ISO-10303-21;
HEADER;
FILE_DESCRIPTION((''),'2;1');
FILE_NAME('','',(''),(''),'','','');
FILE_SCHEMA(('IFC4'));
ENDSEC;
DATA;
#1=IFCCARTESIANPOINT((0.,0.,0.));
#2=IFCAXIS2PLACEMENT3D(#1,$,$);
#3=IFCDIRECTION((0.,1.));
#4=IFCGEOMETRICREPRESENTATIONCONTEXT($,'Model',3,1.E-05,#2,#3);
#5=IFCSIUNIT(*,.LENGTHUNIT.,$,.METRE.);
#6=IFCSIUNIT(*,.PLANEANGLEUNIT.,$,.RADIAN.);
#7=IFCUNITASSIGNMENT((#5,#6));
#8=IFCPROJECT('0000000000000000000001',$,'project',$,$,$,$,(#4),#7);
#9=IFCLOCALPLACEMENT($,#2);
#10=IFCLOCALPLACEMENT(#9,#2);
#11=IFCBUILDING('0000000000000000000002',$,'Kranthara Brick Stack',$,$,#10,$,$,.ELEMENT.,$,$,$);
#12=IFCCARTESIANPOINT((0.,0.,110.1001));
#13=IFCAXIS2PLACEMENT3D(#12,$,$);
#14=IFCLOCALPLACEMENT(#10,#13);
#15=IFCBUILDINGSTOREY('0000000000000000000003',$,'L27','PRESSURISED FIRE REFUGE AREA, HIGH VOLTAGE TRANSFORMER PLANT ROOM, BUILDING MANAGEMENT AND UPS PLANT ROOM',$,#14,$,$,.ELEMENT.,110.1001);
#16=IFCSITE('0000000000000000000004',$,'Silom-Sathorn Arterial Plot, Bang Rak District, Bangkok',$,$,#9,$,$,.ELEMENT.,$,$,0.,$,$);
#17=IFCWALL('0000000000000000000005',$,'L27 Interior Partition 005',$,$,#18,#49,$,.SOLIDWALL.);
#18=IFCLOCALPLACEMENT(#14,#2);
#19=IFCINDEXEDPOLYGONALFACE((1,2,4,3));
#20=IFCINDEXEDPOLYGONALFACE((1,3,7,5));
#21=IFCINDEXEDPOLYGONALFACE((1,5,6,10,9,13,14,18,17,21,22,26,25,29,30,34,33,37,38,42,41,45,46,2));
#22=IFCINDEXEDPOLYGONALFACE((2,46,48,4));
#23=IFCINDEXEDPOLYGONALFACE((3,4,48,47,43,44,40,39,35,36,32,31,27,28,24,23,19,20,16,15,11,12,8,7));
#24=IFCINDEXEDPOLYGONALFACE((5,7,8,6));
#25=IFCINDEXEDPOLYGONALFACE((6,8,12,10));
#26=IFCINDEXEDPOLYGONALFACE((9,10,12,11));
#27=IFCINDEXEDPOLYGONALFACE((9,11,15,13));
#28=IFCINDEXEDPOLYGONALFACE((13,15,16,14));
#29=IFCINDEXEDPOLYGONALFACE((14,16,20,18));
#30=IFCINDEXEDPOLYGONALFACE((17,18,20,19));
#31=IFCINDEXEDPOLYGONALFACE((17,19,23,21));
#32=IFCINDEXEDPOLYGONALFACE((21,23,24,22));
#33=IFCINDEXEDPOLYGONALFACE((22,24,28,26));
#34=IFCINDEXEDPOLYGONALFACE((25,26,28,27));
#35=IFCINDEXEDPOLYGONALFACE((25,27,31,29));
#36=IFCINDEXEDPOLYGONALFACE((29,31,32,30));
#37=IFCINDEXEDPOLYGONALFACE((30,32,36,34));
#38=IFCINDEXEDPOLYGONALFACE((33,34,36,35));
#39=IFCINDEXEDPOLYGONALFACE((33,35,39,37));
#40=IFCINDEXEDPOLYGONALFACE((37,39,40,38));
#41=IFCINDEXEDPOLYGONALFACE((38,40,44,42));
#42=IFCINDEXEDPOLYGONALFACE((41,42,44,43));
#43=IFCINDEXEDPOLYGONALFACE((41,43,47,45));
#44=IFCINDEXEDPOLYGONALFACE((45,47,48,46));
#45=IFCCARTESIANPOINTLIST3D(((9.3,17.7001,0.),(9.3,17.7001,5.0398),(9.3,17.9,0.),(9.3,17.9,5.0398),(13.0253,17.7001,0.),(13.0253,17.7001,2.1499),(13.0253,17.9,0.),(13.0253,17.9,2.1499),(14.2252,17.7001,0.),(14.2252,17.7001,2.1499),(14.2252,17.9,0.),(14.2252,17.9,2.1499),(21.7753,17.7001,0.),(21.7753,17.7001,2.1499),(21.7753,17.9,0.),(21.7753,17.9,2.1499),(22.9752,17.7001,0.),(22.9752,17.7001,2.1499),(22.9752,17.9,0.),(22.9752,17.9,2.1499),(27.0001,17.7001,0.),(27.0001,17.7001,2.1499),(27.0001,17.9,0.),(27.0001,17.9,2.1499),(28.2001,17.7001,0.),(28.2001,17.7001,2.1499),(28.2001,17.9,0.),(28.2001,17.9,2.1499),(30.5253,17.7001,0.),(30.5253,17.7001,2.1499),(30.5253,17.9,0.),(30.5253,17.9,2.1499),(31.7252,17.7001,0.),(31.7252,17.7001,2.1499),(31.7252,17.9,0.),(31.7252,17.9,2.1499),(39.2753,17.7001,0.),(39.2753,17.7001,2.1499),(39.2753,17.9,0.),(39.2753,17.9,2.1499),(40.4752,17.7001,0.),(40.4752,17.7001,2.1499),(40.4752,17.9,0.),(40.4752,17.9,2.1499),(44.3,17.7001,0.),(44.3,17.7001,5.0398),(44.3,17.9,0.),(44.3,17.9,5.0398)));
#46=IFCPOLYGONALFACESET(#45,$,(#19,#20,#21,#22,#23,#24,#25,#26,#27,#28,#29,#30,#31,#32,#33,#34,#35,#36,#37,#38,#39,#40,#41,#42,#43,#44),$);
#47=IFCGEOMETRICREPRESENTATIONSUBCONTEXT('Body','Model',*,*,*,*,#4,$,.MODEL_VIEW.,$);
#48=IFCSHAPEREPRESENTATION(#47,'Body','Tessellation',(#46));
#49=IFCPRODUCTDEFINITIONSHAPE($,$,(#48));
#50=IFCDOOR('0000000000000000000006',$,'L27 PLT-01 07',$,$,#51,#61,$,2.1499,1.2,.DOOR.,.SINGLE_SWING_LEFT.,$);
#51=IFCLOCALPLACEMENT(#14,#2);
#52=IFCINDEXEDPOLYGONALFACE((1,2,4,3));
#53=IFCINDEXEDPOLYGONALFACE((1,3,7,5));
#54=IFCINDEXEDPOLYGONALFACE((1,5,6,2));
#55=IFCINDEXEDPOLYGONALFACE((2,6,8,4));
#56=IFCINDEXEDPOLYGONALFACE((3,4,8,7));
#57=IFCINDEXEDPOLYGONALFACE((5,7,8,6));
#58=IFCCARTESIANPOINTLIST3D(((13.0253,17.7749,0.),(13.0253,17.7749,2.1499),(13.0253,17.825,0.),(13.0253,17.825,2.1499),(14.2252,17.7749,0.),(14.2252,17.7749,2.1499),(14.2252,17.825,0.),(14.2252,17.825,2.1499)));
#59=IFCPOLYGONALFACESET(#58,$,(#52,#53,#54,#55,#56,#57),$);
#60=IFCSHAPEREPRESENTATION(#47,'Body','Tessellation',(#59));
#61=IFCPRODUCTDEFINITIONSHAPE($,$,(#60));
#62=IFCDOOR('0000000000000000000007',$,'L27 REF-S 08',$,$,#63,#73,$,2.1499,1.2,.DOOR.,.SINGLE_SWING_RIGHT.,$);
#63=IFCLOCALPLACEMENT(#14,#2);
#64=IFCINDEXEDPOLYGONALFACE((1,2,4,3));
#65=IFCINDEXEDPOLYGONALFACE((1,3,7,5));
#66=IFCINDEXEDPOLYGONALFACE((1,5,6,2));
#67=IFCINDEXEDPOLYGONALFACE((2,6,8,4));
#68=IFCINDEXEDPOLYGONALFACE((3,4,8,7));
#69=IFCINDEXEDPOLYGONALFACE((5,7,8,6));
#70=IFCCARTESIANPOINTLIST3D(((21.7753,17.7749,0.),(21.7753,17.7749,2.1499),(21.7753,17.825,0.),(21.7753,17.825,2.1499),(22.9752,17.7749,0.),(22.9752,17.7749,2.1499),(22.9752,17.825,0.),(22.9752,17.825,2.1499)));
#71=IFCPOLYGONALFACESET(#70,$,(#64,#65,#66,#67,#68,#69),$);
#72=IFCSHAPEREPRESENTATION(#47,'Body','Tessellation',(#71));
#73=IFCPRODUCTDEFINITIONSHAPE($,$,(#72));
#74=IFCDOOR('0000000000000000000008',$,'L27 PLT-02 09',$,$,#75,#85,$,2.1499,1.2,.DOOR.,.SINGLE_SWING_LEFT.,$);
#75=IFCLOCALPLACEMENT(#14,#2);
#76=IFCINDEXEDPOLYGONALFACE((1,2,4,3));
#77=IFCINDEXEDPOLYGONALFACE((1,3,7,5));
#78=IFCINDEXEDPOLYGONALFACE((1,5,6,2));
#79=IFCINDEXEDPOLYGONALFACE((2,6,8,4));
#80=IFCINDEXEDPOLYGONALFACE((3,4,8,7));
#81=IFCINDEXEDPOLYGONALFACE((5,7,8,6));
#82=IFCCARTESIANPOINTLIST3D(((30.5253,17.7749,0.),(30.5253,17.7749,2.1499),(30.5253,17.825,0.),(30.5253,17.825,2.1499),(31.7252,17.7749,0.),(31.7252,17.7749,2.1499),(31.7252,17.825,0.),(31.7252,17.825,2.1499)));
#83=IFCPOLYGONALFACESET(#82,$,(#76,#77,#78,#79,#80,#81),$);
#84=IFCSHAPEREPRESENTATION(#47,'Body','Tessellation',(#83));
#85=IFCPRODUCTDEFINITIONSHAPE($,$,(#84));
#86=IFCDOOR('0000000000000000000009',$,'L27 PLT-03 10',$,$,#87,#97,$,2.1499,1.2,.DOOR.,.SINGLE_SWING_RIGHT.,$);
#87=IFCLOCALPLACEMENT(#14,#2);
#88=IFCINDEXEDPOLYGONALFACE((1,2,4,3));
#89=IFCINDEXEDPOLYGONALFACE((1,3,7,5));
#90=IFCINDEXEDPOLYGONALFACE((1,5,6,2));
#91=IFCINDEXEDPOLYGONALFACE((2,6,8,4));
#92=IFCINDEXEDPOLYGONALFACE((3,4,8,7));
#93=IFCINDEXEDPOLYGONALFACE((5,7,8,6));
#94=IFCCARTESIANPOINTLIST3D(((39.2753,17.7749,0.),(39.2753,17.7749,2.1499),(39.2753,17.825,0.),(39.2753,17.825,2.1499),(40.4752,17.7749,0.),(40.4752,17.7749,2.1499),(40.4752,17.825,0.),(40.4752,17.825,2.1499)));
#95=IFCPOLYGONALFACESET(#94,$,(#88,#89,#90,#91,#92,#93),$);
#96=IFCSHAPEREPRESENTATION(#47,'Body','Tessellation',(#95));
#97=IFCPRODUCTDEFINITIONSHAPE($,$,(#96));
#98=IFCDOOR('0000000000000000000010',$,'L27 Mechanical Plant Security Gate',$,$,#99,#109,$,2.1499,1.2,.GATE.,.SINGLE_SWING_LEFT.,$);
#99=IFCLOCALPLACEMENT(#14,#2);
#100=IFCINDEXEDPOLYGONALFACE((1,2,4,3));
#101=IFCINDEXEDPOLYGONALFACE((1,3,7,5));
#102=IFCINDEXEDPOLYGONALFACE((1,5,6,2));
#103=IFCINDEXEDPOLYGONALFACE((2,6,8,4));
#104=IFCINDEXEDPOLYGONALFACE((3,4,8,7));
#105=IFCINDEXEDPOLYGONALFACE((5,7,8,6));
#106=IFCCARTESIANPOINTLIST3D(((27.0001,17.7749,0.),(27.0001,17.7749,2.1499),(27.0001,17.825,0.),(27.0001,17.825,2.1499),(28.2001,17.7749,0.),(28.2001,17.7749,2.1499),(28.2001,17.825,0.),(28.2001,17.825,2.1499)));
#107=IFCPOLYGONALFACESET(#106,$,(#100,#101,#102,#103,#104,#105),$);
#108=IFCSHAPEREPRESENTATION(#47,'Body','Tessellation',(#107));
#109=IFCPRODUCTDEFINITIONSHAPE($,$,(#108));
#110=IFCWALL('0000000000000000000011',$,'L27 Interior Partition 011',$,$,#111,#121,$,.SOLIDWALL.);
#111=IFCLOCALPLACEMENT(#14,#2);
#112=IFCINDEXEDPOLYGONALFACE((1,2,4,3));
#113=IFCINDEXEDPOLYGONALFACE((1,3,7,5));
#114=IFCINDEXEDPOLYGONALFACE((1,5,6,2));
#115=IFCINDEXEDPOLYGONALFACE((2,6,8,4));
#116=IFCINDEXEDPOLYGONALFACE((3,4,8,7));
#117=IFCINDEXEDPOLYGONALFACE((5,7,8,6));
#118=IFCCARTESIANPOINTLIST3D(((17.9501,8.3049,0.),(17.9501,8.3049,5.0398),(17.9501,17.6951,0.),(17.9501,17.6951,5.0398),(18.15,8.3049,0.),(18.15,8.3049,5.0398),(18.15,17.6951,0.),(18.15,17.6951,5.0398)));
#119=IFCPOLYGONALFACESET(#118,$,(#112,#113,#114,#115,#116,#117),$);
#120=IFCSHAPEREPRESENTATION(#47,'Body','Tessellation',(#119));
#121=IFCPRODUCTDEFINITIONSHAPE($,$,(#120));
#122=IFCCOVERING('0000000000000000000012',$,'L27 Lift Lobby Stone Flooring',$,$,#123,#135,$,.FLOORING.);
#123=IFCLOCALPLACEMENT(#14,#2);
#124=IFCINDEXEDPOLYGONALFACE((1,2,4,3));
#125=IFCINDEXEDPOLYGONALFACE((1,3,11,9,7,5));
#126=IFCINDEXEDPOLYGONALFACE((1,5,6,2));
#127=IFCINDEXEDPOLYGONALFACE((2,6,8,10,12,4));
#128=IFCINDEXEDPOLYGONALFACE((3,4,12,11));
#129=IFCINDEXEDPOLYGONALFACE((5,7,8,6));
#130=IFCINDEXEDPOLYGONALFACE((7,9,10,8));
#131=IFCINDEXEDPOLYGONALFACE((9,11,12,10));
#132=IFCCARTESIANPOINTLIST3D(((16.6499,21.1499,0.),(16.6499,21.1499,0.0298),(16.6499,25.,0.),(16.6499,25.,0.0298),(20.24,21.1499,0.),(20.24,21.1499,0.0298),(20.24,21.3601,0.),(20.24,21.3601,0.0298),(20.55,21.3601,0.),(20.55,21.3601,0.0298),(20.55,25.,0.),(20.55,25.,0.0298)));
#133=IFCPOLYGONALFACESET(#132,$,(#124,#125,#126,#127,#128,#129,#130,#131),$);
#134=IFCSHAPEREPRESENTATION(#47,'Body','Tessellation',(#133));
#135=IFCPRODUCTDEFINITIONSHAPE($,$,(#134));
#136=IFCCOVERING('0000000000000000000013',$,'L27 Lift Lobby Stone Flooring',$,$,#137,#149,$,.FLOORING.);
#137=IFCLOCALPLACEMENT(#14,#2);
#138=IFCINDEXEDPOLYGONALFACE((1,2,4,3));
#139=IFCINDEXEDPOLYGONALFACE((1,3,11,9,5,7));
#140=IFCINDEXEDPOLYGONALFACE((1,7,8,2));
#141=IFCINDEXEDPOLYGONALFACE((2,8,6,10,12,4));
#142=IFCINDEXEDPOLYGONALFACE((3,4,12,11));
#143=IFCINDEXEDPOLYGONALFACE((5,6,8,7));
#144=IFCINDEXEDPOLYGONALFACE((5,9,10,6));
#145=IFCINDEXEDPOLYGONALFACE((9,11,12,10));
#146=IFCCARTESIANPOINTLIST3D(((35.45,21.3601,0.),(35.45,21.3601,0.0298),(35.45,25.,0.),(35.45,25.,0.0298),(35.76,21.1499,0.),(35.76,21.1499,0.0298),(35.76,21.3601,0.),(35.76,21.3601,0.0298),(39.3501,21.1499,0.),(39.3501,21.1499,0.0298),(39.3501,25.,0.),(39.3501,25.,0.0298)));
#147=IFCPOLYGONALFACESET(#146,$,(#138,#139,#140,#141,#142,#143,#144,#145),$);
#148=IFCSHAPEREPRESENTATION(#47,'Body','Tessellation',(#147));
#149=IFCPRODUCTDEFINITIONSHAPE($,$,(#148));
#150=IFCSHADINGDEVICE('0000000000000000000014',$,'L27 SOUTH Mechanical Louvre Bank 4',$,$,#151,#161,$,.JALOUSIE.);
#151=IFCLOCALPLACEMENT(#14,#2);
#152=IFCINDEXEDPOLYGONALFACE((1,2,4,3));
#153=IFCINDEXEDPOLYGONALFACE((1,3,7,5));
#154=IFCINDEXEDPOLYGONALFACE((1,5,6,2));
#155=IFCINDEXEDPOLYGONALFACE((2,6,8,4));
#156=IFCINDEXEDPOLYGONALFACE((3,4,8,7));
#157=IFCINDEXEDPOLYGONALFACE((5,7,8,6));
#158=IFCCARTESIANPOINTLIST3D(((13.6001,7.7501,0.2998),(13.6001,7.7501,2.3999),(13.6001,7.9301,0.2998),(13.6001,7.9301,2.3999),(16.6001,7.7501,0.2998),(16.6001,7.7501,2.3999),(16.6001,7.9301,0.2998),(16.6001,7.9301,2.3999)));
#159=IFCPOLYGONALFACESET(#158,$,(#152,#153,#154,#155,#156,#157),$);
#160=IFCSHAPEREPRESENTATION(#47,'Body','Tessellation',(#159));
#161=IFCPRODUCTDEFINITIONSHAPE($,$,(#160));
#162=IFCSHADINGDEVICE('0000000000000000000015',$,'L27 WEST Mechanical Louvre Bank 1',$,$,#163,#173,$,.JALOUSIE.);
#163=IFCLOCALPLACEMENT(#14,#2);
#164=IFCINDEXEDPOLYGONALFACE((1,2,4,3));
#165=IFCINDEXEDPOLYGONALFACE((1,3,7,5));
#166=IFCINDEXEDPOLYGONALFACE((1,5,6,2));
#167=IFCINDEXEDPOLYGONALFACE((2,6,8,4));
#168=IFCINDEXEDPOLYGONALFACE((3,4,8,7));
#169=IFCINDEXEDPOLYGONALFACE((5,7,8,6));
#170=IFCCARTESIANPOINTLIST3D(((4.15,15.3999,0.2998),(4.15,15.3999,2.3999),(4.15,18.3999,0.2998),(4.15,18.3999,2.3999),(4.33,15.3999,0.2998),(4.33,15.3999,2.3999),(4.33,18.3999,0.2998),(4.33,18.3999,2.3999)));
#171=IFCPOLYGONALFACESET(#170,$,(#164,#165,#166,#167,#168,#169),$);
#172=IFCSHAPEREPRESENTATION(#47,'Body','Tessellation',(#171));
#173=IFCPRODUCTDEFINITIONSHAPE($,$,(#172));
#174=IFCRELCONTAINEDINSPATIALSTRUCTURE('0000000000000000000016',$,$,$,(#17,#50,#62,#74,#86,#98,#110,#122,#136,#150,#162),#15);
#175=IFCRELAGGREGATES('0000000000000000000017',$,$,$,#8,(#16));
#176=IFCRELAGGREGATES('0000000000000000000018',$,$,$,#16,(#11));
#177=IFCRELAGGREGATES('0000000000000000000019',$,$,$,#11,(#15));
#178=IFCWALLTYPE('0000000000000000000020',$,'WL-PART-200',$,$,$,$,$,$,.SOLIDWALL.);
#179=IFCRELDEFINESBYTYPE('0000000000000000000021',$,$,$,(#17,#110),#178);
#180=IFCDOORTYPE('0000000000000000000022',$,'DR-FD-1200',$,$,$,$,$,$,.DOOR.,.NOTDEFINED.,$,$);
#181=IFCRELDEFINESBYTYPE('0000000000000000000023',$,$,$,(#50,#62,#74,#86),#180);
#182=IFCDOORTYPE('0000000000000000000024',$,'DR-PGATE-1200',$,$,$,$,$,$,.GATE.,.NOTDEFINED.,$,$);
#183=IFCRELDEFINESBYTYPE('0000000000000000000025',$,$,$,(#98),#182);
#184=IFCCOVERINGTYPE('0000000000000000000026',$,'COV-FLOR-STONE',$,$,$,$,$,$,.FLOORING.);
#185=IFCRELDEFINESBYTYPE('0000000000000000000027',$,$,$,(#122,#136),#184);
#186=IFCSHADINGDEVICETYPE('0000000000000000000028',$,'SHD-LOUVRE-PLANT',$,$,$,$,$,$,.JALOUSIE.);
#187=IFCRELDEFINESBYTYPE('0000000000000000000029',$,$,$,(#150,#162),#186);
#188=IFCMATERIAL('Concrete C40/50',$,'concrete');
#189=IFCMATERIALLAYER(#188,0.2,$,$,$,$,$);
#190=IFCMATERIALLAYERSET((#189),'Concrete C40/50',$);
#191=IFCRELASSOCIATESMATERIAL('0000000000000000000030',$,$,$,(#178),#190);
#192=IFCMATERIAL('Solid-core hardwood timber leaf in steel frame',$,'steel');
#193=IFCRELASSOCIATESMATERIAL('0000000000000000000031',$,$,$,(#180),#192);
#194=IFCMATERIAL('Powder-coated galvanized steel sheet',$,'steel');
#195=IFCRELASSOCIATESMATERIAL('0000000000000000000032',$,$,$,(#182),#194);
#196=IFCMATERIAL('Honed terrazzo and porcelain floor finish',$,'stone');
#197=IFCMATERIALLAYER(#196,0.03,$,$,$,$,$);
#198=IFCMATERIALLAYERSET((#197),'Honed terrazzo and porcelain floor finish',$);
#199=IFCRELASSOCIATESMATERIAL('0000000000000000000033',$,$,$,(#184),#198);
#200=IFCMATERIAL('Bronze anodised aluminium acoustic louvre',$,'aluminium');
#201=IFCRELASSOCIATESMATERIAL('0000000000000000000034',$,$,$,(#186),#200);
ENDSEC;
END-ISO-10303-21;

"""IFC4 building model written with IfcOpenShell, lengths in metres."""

from ifc_helpers import new_model, si_unit, direction, frame, frame_2d, origin, origin_2d, place, context, subcontext, project, spatial, polyline, rectangle, outline, extrude, material, layer, layer_set, type_object, element, fill, save


model = new_model("IFC4")

# Units and contexts
model_context = context("Model", 3, precision=1e-05, world=origin(), true_north=direction((0.0, 1.0)))
body_context = subcontext(model_context, "Body", "Model", "MODEL_VIEW")
ifc_project = project(units=[si_unit("LENGTHUNIT", "METRE"), si_unit("PLANEANGLEUNIT", "RADIAN")], contexts=[model_context])

# Site, building, storey
site_placement = place(None, origin())
site = spatial("IfcSite", under=ifc_project, at=site_placement, Name="Silom-Sathorn Arterial Plot, Bang Rak District, Bangkok", CompositionType="ELEMENT", RefElevation=0.0)
building_placement = place(site_placement, origin())
building = spatial("IfcBuilding", under=site, at=building_placement, Name="Kranthara Brick Stack", CompositionType="ELEMENT")
storey_placement = place(building_placement, frame((0.0, 0.0, 110.1001)))
storey = spatial("IfcBuildingStorey", under=building, at=storey_placement, Name="L27", Description="PRESSURISED FIRE REFUGE AREA, HIGH VOLTAGE TRANSFORMER PLANT ROOM, BUILDING MANAGEMENT AND UPS PLANT ROOM", CompositionType="ELEMENT", Elevation=110.1001)

# Wall, openings, doors
ifc_material_1 = material(Name="Concrete C40/50", Category="concrete")
ifc_layer_1 = layer(ifc_material_1, 0.2)
ifc_layer_set_1 = layer_set([ifc_layer_1], Name="Concrete C40/50")
wall_type_1 = type_object("IfcWallType", Name="WL-PART-200", PredefinedType="SOLIDWALL", material=ifc_layer_set_1)
wall_1_placement = place(storey_placement, frame((9.3, 17.8, 0.0), z_axis=(0.0, 0.0, 1.0), x_axis=(1.0, 0.0, 0.0)))
wall_1 = element("IfcWall", 1, at=wall_1_placement, inside=storey, type_object=wall_type_1, Name="L27 Interior Partition 005", PredefinedType="SOLIDWALL", context=body_context, shape_type="SweptSolid", body=[
    extrude(rectangle(XDim=35.0, YDim=0.2, at=frame_2d((17.5, 0.0))), origin(), (0.0, 0.0, 1.0), 5.0398),
])
opening_1_placement = place(wall_1_placement, frame((3.7251, 0.0, 0.0)))
opening_1 = element("IfcOpeningElement", 2, at=opening_1_placement, cuts=wall_1, PredefinedType="OPENING", context=body_context, shape_type="SweptSolid", body=[
    extrude(rectangle(XDim=1.2, YDim=2.1499, at=frame_2d((0.6001, 1.075))), frame((0.0, 0.1099, 0.0), z_axis=(0.0, -1.0, 0.0), x_axis=(1.0, 0.0, 0.0)), (0.0, 0.0, 1.0), 0.22),
])
opening_2_placement = place(wall_1_placement, frame((12.4751, 0.0, 0.0)))
opening_2 = element("IfcOpeningElement", 3, at=opening_2_placement, cuts=wall_1, PredefinedType="OPENING", context=body_context, shape_type="SweptSolid", body=[
    extrude(rectangle(XDim=1.2, YDim=2.1499, at=frame_2d((0.6001, 1.075))), frame((0.0, 0.1099, 0.0), z_axis=(0.0, -1.0, 0.0), x_axis=(1.0, 0.0, 0.0)), (0.0, 0.0, 1.0), 0.22),
])
opening_3_placement = place(wall_1_placement, frame((21.2251, 0.0, 0.0)))
opening_3 = element("IfcOpeningElement", 4, at=opening_3_placement, cuts=wall_1, PredefinedType="OPENING", context=body_context, shape_type="SweptSolid", body=[
    extrude(rectangle(XDim=1.2, YDim=2.1499, at=frame_2d((0.6001, 1.075))), frame((0.0, 0.1099, 0.0), z_axis=(0.0, -1.0, 0.0), x_axis=(1.0, 0.0, 0.0)), (0.0, 0.0, 1.0), 0.22),
])
opening_4_placement = place(wall_1_placement, frame((29.9751, 0.0, 0.0)))
opening_4 = element("IfcOpeningElement", 5, at=opening_4_placement, cuts=wall_1, PredefinedType="OPENING", context=body_context, shape_type="SweptSolid", body=[
    extrude(rectangle(XDim=1.2, YDim=2.1499, at=frame_2d((0.6001, 1.075))), frame((0.0, 0.1099, 0.0), z_axis=(0.0, -1.0, 0.0), x_axis=(1.0, 0.0, 0.0)), (0.0, 0.0, 1.0), 0.22),
])
opening_5_placement = place(wall_1_placement, frame((17.7, 0.0, 0.0)))
opening_5 = element("IfcOpeningElement", 6, at=opening_5_placement, cuts=wall_1, PredefinedType="OPENING", context=body_context, shape_type="SweptSolid", body=[
    extrude(rectangle(XDim=1.2, YDim=2.1499, at=frame_2d((0.6001, 1.075))), frame((0.0, 0.1099, 0.0), z_axis=(0.0, -1.0, 0.0), x_axis=(1.0, 0.0, 0.0)), (0.0, 0.0, 1.0), 0.22),
])
ifc_material_2 = material(Name="Solid-core hardwood timber leaf in steel frame", Category="steel")
door_type_1 = type_object("IfcDoorType", Name="DR-FD-1200", OperationType="NOTDEFINED", PredefinedType="DOOR", material=ifc_material_2)
door_1_placement = place(opening_1_placement, origin())
door_1 = element("IfcDoor", 7, at=door_1_placement, inside=storey, type_object=door_type_1, Name="L27 PLT-01 07", OperationType="SINGLE_SWING_LEFT", OverallHeight=2.1499, OverallWidth=1.2, PredefinedType="DOOR", context=body_context, shape_type="SweptSolid", body=[
    extrude(rectangle(XDim=1.2, YDim=2.1499, at=frame_2d((0.6001, 1.075))), frame((0.0, 0.0249, 0.0), z_axis=(0.0, -1.0, 0.0), x_axis=(1.0, 0.0, 0.0)), (0.0, 0.0, 1.0), 0.05),
])
fill(opening_1, door_1)
door_2_placement = place(opening_2_placement, origin())
door_2 = element("IfcDoor", 8, at=door_2_placement, inside=storey, type_object=door_type_1, Name="L27 REF-S 08", OperationType="SINGLE_SWING_RIGHT", OverallHeight=2.1499, OverallWidth=1.2, PredefinedType="DOOR", context=body_context, shape_type="SweptSolid", body=[
    extrude(rectangle(XDim=1.2, YDim=2.1499, at=frame_2d((0.6001, 1.075))), frame((0.0, 0.0249, 0.0), z_axis=(0.0, -1.0, 0.0), x_axis=(1.0, 0.0, 0.0)), (0.0, 0.0, 1.0), 0.05),
])
fill(opening_2, door_2)
door_3_placement = place(opening_3_placement, origin())
door_3 = element("IfcDoor", 9, at=door_3_placement, inside=storey, type_object=door_type_1, Name="L27 PLT-02 09", OperationType="SINGLE_SWING_LEFT", OverallHeight=2.1499, OverallWidth=1.2, PredefinedType="DOOR", context=body_context, shape_type="SweptSolid", body=[
    extrude(rectangle(XDim=1.2, YDim=2.1499, at=frame_2d((0.6001, 1.075))), frame((0.0, 0.0249, 0.0), z_axis=(0.0, -1.0, 0.0), x_axis=(1.0, 0.0, 0.0)), (0.0, 0.0, 1.0), 0.05),
])
fill(opening_3, door_3)
door_4_placement = place(opening_4_placement, origin())
door_4 = element("IfcDoor", 10, at=door_4_placement, inside=storey, type_object=door_type_1, Name="L27 PLT-03 10", OperationType="SINGLE_SWING_RIGHT", OverallHeight=2.1499, OverallWidth=1.2, PredefinedType="DOOR", context=body_context, shape_type="SweptSolid", body=[
    extrude(rectangle(XDim=1.2, YDim=2.1499, at=frame_2d((0.6001, 1.075))), frame((0.0, 0.0249, 0.0), z_axis=(0.0, -1.0, 0.0), x_axis=(1.0, 0.0, 0.0)), (0.0, 0.0, 1.0), 0.05),
])
fill(opening_4, door_4)
ifc_material_3 = material(Name="Powder-coated galvanized steel sheet", Category="steel")
door_type_2 = type_object("IfcDoorType", Name="DR-PGATE-1200", OperationType="NOTDEFINED", PredefinedType="GATE", material=ifc_material_3)
door_5_placement = place(opening_5_placement, origin())
door_5 = element("IfcDoor", 11, at=door_5_placement, inside=storey, type_object=door_type_2, Name="L27 Mechanical Plant Security Gate", OperationType="SINGLE_SWING_LEFT", OverallHeight=2.1499, OverallWidth=1.2, PredefinedType="GATE", context=body_context, shape_type="SweptSolid", body=[
    extrude(rectangle(XDim=1.2, YDim=2.1499, at=frame_2d((0.6001, 1.075))), frame((0.0, 0.0249, 0.0), z_axis=(0.0, -1.0, 0.0), x_axis=(1.0, 0.0, 0.0)), (0.0, 0.0, 1.0), 0.05),
])
fill(opening_5, door_5)

# Wall
wall_2_placement = place(storey_placement, frame((18.05, 8.3049, 0.0), z_axis=(0.0, 0.0, 1.0), x_axis=(0.0, 1.0, 0.0)))
element("IfcWall", 12, at=wall_2_placement, inside=storey, type_object=wall_type_1, Name="L27 Interior Partition 011", PredefinedType="SOLIDWALL", context=body_context, shape_type="SweptSolid", body=[
    extrude(rectangle(XDim=9.3901, YDim=0.2, at=frame_2d((4.6951, 0.0))), origin(), (0.0, 0.0, 1.0), 5.0398),
])

# Coverings
ifc_material_4 = material(Name="Honed terrazzo and porcelain floor finish", Category="stone")
ifc_layer_2 = layer(ifc_material_4, 0.03)
ifc_layer_set_2 = layer_set([ifc_layer_2], Name="Honed terrazzo and porcelain floor finish")
covering_type = type_object("IfcCoveringType", Name="COV-FLOR-STONE", PredefinedType="FLOORING", material=ifc_layer_set_2)
covering_1_placement = place(storey_placement, origin())
element("IfcCovering", 13, at=covering_1_placement, inside=storey, type_object=covering_type, Name="L27 Lift Lobby Stone Flooring", PredefinedType="FLOORING", context=body_context, shape_type="SweptSolid", body=[
    extrude(outline(polyline([(16.6499, 21.1499), (16.6499, 25.0), (20.55, 25.0), (20.55, 21.3601), (20.24, 21.3601), (20.24, 21.1499), (16.6499, 21.1499)])), origin(), (0.0, 0.0, 1.0), 0.0298),
])
covering_2_placement = place(storey_placement, origin())
element("IfcCovering", 14, at=covering_2_placement, inside=storey, type_object=covering_type, Name="L27 Lift Lobby Stone Flooring", PredefinedType="FLOORING", context=body_context, shape_type="SweptSolid", body=[
    extrude(outline(polyline([(35.45, 25.0), (39.3501, 25.0), (39.3501, 21.1499), (35.76, 21.1499), (35.76, 21.3601), (35.45, 21.3601), (35.45, 25.0)])), origin(), (0.0, 0.0, 1.0), 0.0298),
])

# Shading devices
ifc_material_5 = material(Name="Bronze anodised aluminium acoustic louvre", Category="aluminium")
shading_device_type = type_object("IfcShadingDeviceType", Name="SHD-LOUVRE-PLANT", PredefinedType="JALOUSIE", material=ifc_material_5)
for number, where, z_axis, x_axis, name in (
    (15, (15.1001, 7.8401, 0.2998), (0.0, 0.0, 1.0), (-1.0, 0.0, 0.0), "L27 SOUTH Mechanical Louvre Bank 4"),
    (16, (4.24, 16.8999, 0.2998), (0.0, 0.0, 1.0), (0.0, 1.0, 0.0), "L27 WEST Mechanical Louvre Bank 1"),
):
    element("IfcShadingDevice", number, at=place(storey_placement, frame(where, z_axis=z_axis, x_axis=x_axis)), inside=storey, type_object=shading_device_type, Name=name, PredefinedType="JALOUSIE", context=body_context, shape_type="SweptSolid", body=[
        extrude(rectangle(XDim=3.0, YDim=0.1799, at=origin_2d()), origin(), (0.0, 0.0, 1.0), 2.1001),
    ])

save(model, "model.ifc")
